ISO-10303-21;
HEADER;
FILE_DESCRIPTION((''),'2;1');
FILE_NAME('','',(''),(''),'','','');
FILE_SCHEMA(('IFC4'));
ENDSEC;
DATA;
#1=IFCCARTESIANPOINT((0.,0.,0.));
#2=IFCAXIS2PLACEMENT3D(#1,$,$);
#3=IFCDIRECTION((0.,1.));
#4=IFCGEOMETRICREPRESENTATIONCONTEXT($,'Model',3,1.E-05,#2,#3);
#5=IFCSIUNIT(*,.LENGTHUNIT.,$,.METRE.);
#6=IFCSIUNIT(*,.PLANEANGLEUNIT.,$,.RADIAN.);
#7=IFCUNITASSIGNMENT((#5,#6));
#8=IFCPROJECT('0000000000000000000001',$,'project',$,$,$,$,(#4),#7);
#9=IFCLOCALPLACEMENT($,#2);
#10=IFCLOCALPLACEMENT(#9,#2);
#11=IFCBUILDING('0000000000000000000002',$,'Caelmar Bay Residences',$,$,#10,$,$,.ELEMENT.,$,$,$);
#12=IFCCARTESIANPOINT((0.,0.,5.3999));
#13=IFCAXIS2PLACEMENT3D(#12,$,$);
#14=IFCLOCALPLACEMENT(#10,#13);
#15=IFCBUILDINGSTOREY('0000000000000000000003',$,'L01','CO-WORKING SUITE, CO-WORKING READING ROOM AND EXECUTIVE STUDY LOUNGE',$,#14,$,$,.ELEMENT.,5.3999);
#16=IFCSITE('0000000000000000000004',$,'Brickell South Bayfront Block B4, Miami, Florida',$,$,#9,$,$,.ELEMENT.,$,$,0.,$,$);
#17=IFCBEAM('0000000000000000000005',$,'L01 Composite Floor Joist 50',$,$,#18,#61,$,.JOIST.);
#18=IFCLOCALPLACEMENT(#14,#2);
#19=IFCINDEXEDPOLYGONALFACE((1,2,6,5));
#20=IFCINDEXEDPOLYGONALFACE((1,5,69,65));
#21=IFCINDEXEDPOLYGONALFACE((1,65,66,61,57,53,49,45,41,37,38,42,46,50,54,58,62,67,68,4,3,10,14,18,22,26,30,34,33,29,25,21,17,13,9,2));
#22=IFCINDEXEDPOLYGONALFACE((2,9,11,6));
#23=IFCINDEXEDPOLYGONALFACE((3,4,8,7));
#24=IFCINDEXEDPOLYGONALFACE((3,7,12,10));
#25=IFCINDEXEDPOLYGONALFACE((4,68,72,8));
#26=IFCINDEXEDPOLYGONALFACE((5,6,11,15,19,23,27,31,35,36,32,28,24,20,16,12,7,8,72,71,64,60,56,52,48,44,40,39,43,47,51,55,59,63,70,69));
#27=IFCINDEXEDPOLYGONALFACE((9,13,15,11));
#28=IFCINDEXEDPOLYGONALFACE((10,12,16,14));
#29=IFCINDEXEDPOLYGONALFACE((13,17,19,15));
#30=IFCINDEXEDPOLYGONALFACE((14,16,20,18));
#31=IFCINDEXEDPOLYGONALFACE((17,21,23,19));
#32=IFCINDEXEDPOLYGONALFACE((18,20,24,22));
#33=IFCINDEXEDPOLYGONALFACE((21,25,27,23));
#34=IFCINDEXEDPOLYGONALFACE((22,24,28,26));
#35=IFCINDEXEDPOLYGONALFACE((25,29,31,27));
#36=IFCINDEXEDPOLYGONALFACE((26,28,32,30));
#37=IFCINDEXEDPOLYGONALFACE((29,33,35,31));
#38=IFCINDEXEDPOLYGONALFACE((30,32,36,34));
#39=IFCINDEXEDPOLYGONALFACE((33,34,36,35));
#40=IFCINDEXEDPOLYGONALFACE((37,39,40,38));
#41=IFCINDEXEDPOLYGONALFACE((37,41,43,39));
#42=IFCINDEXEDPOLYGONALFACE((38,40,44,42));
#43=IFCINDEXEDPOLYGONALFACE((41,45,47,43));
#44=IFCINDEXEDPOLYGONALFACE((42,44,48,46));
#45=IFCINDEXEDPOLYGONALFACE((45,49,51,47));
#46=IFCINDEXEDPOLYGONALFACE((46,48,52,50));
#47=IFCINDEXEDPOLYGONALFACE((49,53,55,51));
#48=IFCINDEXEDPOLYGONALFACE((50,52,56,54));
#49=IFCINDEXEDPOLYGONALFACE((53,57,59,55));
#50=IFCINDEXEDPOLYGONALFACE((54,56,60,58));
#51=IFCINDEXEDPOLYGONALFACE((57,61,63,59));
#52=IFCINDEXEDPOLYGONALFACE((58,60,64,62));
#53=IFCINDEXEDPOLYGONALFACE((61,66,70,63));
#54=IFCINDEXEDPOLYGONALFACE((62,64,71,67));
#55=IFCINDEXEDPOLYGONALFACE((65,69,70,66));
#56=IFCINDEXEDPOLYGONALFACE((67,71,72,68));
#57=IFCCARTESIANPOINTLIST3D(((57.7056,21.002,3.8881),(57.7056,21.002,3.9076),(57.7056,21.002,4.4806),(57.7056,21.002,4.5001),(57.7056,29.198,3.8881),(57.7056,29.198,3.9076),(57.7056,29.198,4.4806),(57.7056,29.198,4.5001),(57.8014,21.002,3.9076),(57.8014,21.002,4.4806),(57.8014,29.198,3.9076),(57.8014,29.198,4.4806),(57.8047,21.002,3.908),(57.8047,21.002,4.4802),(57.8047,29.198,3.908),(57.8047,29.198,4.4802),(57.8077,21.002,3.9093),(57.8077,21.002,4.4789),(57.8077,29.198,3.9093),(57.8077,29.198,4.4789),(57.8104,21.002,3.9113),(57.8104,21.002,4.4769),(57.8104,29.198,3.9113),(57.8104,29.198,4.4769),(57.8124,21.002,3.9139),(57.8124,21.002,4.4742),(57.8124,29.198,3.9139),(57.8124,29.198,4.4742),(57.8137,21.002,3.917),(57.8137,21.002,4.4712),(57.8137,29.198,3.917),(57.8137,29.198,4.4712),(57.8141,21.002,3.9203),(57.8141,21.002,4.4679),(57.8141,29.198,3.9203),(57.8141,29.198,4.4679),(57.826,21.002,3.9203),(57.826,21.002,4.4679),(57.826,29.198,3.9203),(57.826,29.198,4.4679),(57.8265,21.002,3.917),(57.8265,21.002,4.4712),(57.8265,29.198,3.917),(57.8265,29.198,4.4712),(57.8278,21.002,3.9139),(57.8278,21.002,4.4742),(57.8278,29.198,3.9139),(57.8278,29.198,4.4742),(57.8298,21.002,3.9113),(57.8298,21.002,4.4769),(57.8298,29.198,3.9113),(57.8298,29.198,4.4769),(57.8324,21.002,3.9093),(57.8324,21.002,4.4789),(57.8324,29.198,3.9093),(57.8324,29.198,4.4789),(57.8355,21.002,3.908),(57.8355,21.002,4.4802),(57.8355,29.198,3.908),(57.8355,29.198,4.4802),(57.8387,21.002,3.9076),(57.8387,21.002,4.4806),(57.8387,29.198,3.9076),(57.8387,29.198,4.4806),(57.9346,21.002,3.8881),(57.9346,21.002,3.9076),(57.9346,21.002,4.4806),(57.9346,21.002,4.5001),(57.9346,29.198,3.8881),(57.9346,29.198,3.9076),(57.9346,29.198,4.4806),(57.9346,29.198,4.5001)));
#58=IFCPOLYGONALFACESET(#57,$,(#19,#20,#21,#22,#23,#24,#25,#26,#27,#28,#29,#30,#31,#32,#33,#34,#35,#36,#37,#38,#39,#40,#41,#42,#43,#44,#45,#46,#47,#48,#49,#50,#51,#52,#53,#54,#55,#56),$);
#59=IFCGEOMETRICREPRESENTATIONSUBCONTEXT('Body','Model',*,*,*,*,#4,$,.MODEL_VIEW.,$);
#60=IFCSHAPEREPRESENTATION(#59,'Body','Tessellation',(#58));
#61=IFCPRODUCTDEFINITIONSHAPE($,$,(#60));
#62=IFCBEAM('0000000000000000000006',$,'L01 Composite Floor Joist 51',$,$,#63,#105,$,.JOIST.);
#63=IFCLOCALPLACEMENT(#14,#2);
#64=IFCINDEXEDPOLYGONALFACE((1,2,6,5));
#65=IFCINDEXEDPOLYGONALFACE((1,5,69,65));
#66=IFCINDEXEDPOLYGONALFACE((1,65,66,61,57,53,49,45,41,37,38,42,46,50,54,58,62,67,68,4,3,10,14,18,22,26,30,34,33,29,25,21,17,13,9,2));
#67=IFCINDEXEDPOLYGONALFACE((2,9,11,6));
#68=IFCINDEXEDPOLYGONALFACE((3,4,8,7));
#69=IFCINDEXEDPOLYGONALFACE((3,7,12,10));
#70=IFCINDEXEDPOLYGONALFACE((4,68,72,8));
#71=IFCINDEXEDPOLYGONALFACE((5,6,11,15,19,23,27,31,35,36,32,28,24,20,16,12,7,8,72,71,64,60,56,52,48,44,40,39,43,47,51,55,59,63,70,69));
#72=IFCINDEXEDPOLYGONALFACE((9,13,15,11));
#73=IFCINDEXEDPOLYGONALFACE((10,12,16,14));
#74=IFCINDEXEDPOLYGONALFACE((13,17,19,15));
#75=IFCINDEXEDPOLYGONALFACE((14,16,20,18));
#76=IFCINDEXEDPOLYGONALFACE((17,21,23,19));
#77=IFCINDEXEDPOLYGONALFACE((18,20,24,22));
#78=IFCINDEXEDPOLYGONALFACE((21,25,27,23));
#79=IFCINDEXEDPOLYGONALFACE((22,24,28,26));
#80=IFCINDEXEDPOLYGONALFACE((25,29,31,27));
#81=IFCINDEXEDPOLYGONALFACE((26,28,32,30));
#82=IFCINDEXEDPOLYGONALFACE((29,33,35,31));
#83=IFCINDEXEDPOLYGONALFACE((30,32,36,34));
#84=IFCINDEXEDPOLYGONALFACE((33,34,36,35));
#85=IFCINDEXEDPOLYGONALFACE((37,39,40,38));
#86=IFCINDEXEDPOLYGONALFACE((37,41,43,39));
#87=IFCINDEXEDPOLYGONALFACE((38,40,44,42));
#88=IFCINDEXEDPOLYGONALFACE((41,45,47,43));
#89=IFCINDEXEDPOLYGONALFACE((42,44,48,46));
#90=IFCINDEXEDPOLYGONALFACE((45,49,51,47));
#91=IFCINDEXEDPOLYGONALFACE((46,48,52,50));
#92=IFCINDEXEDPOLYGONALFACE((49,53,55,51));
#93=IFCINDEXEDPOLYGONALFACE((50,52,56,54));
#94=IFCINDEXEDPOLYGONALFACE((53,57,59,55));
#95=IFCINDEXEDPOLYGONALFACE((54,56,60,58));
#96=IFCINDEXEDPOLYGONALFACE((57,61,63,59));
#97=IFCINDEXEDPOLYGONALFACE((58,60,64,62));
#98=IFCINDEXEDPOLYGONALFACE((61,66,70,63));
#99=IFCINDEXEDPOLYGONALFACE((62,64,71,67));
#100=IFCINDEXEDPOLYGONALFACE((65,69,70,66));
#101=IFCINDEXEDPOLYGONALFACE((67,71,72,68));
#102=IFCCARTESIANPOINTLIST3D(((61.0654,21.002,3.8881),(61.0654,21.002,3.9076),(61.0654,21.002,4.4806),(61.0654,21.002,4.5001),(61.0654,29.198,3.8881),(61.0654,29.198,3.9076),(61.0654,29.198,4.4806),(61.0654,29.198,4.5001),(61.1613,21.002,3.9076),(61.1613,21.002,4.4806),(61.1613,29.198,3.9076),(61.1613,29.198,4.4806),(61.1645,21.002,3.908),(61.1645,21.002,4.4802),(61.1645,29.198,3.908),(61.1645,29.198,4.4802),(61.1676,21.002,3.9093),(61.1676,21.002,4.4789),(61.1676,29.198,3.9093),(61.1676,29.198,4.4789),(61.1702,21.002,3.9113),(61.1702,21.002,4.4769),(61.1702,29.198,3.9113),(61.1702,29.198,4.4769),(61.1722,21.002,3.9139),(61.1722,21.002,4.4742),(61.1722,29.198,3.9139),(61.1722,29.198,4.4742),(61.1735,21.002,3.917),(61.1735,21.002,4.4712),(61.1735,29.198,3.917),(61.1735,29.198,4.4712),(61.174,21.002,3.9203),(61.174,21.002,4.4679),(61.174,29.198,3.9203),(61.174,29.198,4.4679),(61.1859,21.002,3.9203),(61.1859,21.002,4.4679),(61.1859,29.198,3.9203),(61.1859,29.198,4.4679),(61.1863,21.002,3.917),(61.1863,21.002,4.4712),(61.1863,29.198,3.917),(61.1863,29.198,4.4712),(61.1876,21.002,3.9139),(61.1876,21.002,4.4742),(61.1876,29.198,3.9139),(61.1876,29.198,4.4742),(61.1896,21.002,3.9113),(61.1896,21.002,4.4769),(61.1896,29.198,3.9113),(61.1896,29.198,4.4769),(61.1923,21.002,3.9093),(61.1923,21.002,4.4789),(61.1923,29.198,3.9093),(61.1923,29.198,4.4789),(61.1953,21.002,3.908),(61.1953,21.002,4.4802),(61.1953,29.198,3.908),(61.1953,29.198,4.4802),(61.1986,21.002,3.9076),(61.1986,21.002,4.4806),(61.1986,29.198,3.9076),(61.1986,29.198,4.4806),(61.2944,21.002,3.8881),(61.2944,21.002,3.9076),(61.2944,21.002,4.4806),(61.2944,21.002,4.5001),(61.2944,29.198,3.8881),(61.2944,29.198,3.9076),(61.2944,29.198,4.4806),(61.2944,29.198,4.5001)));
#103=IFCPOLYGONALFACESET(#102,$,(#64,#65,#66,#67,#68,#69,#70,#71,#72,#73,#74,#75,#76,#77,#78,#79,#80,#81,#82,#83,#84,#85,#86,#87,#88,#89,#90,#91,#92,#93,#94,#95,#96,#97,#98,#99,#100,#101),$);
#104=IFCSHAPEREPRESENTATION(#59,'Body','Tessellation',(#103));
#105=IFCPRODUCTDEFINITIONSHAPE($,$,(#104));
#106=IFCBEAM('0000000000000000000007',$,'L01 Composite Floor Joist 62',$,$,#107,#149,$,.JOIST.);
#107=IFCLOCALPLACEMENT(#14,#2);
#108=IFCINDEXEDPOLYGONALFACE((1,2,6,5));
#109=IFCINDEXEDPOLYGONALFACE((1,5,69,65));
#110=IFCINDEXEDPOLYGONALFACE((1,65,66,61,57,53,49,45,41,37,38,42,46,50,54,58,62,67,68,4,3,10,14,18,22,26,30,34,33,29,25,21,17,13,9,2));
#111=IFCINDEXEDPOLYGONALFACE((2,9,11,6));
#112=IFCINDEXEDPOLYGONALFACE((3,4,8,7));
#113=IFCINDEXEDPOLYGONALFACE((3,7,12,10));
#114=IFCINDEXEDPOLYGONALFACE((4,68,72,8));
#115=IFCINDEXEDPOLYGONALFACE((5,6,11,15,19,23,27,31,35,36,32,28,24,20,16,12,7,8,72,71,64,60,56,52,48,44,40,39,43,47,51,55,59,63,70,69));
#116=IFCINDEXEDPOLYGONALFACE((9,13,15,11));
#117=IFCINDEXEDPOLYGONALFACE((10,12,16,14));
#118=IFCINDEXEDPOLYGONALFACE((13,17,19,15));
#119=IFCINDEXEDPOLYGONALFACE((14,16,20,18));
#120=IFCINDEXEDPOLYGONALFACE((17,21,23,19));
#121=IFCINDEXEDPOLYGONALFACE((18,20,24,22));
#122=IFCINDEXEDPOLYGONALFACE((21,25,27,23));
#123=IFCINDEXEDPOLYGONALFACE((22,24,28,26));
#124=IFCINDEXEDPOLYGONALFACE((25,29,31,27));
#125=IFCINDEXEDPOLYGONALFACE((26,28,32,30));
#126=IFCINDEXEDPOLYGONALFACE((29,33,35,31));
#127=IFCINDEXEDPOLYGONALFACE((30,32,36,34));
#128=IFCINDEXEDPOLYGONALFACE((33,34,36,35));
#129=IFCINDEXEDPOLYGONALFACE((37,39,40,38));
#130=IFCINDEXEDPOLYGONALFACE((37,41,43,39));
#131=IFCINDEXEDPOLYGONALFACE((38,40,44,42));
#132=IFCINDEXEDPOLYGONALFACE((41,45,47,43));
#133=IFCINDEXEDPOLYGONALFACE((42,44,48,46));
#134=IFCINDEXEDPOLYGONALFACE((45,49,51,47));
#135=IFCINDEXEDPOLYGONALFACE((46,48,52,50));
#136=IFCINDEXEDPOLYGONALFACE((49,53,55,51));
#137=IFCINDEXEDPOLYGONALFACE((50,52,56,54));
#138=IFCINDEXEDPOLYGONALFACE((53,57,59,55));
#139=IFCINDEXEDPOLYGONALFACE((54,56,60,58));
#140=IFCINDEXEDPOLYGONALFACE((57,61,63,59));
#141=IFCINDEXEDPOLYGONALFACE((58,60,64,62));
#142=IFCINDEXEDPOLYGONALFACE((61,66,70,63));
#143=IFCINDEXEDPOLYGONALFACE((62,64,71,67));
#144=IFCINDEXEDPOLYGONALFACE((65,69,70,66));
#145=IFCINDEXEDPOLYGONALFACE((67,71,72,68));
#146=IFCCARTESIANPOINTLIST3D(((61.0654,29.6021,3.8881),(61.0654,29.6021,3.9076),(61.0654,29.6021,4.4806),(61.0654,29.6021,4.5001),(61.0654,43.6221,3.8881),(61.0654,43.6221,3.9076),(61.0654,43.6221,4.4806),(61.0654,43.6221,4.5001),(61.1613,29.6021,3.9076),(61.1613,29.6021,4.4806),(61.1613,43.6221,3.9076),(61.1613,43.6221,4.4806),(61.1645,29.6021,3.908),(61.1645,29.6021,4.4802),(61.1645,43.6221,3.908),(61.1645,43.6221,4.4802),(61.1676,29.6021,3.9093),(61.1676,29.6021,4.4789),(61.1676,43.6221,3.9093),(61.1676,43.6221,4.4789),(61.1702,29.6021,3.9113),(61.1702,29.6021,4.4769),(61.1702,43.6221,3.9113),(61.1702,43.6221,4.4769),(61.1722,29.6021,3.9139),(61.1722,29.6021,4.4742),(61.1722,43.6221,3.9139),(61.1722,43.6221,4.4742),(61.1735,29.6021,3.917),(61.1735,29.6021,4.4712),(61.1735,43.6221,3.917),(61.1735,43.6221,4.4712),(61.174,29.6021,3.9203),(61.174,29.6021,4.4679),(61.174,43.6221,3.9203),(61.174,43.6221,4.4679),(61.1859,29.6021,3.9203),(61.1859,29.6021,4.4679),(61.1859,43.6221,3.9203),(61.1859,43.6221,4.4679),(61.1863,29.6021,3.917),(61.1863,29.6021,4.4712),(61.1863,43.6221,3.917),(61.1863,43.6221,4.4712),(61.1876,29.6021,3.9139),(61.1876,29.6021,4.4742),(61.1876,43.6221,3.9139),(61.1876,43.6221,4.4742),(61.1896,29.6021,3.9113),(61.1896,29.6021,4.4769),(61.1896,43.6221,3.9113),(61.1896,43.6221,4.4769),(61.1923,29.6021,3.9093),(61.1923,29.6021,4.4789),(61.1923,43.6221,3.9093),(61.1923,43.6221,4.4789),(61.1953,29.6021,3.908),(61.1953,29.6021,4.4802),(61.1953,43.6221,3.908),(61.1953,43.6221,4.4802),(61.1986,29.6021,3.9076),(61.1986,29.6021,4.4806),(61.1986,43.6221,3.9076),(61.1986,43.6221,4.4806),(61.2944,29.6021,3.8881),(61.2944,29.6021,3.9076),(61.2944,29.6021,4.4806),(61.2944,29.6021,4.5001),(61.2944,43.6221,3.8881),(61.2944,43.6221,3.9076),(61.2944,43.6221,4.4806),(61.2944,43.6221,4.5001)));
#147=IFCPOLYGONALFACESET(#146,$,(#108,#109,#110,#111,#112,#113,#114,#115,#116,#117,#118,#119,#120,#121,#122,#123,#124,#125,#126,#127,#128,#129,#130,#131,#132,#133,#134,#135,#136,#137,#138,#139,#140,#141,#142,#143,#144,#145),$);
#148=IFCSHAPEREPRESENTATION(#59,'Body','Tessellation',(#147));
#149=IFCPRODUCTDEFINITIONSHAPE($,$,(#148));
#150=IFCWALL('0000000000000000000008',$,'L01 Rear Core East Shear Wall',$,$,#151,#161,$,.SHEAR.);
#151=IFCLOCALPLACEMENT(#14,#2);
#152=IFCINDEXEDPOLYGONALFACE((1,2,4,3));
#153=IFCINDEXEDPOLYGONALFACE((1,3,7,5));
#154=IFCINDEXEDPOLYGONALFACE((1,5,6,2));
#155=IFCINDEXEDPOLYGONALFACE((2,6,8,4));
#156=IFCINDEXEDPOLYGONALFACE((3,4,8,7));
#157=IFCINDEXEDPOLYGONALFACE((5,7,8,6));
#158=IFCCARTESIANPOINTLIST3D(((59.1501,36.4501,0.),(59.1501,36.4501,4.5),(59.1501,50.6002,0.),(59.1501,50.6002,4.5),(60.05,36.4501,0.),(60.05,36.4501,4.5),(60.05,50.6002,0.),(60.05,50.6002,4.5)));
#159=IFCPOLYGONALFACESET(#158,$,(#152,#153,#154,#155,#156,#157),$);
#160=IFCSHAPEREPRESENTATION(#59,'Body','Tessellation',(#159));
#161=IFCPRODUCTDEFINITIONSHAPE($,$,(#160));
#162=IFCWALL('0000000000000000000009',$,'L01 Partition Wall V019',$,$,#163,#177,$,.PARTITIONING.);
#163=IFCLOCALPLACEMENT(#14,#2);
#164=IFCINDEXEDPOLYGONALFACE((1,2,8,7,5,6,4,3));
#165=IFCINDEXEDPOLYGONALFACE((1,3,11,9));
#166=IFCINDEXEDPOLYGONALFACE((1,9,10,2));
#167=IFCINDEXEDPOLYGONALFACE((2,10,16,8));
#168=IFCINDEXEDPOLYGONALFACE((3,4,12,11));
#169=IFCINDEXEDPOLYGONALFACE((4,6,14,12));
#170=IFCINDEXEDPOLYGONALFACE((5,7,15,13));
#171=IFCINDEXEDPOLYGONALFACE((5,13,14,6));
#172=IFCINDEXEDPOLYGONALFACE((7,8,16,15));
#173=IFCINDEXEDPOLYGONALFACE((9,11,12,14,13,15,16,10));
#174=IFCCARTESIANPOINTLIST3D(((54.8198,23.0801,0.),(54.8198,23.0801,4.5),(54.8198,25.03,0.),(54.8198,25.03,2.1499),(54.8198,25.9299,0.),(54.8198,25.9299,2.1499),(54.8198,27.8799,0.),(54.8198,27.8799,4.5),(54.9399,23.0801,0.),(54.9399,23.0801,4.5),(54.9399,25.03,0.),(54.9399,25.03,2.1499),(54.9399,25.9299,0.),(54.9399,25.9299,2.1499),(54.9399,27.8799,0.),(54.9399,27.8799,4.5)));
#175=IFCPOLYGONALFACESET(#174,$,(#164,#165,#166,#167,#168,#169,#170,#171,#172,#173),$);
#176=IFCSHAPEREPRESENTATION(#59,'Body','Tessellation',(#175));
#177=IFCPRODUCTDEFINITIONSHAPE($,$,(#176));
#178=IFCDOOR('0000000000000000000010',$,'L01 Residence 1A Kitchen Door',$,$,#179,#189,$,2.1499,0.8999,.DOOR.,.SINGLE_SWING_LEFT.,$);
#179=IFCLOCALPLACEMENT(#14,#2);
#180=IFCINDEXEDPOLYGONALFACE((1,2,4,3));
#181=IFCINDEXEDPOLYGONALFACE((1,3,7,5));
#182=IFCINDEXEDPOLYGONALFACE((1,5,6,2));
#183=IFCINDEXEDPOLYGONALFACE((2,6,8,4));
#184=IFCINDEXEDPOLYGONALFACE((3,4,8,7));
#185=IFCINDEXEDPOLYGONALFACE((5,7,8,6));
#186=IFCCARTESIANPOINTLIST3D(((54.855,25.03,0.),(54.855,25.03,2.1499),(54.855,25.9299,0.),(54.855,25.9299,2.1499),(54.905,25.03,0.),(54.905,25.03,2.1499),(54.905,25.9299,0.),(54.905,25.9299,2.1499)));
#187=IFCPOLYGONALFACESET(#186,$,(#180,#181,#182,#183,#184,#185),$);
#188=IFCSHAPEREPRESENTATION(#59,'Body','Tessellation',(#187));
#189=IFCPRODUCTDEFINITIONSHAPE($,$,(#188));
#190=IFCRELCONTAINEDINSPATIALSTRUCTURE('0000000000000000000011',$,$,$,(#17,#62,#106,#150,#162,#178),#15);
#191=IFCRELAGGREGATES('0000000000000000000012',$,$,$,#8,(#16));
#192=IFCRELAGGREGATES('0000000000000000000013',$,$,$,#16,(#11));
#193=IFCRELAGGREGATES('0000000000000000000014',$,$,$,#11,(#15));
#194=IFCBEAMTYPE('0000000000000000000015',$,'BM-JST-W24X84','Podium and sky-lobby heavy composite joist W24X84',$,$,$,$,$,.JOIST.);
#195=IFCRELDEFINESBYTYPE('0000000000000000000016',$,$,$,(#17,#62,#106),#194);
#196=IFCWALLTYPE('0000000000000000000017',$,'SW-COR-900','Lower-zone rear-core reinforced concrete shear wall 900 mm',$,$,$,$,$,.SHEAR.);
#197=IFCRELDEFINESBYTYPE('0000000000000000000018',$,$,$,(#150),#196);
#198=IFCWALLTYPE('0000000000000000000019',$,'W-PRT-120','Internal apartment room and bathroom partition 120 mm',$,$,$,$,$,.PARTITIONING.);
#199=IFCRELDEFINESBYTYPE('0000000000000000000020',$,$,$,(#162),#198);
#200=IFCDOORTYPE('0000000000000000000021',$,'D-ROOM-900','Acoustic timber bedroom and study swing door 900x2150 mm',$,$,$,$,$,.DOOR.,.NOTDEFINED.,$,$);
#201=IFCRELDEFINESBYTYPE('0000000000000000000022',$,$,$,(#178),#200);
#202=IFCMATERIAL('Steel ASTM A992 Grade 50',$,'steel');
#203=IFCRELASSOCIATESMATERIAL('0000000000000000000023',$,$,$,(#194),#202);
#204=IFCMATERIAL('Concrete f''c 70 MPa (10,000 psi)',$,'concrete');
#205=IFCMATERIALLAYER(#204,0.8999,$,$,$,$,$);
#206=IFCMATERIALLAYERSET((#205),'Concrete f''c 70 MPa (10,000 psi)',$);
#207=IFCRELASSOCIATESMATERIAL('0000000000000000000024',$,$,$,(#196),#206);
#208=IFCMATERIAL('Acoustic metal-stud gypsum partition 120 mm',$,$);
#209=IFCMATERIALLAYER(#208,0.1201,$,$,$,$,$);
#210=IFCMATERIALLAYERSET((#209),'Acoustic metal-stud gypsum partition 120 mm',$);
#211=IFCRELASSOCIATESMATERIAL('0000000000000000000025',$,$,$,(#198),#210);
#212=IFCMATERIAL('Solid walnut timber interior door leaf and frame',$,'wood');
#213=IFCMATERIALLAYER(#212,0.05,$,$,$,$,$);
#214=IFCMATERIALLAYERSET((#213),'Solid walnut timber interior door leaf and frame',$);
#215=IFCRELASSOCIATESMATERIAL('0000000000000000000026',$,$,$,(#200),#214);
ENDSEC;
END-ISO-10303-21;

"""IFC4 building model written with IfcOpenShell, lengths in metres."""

from ifc_helpers import new_model, si_unit, direction, frame, frame_2d, origin, origin_2d, place, context, subcontext, project, spatial, rectangle, i_section, extrude, material, layer, layer_set, material_profile, profile_set, type_object, element, fill, save


model = new_model("IFC4")

# Units and contexts
model_context = context("Model", 3, precision=1e-05, world=origin(), true_north=direction((0.0, 1.0)))
body_context = subcontext(model_context, "Body", "Model", "MODEL_VIEW")
ifc_project = project(units=[si_unit("LENGTHUNIT", "METRE"), si_unit("PLANEANGLEUNIT", "RADIAN")], contexts=[model_context])

# Site, building, storey
site_placement = place(None, origin())
site = spatial("IfcSite", under=ifc_project, at=site_placement, Name="Brickell South Bayfront Block B4, Miami, Florida", CompositionType="ELEMENT", RefElevation=0.0)
building_placement = place(site_placement, origin())
building = spatial("IfcBuilding", under=site, at=building_placement, Name="Caelmar Bay Residences", CompositionType="ELEMENT")
storey_placement = place(building_placement, frame((0.0, 0.0, 5.3999)))
storey = spatial("IfcBuildingStorey", under=building, at=storey_placement, Name="L01", Description="CO-WORKING SUITE, CO-WORKING READING ROOM AND EXECUTIVE STUDY LOUNGE", CompositionType="ELEMENT", Elevation=5.3999)

# Shared definitions
ifc_material_1 = material(Name="Concrete f'c 70 MPa (10,000 psi)", Category="concrete")

# Beams
ifc_material_2 = material(Name="Steel ASTM A992 Grade 50", Category="steel")
ifc_material_profile_1 = material_profile(ifc_material_2, i_section(OverallWidth=0.229, OverallDepth=0.6121, WebThickness=0.012, FlangeThickness=0.0195, FilletRadius=0.0127, at=origin_2d()), Name="W24X84")
ifc_profile_set_1 = profile_set([ifc_material_profile_1], Name="Steel ASTM A992 Grade 50")
beam_type_1 = type_object("IfcBeamType", Name="BM-JST-W24X84", Description="Podium and sky-lobby heavy composite joist W24X84", PredefinedType="JOIST", material=ifc_profile_set_1)
for number, where, z_axis, x_axis, name in (
    (1, (57.8201, 21.002, 4.1941), (0.0, 1.0, 0.0), (-1.0, 0.0, 0.0), "L01 Composite Floor Joist 50"),
    (2, (61.1799, 21.002, 4.1941), (0.0, 1.0, 0.0), (-1.0, 0.0, 0.0), "L01 Composite Floor Joist 51"),
):
    element("IfcBeam", number, at=place(storey_placement, frame(where, z_axis=z_axis, x_axis=x_axis)), inside=storey, type_object=beam_type_1, Name=name, PredefinedType="JOIST", context=body_context, shape_type="SweptSolid", body=[
        extrude(i_section(OverallWidth=0.229, OverallDepth=0.6121, WebThickness=0.012, FlangeThickness=0.0195, FilletRadius=0.0127, at=origin_2d()), origin(), (0.0, 0.0, 1.0), 8.196),
    ])
beam_1_placement = place(storey_placement, frame((61.1799, 29.6021, 4.1941), z_axis=(0.0, 1.0, 0.0), x_axis=(-1.0, 0.0, 0.0)))
element("IfcBeam", 3, at=beam_1_placement, inside=storey, type_object=beam_type_1, Name="L01 Composite Floor Joist 62", PredefinedType="JOIST", context=body_context, shape_type="SweptSolid", body=[
    extrude(i_section(OverallWidth=0.229, OverallDepth=0.6121, WebThickness=0.012, FlangeThickness=0.0195, FilletRadius=0.0127, at=origin_2d()), origin(), (0.0, 0.0, 1.0), 14.02),
])

# Wall
ifc_layer_1 = layer(ifc_material_1, 0.8999)
ifc_layer_set_1 = layer_set([ifc_layer_1], Name="Concrete f'c 70 MPa (10,000 psi)")
wall_type_1 = type_object("IfcWallType", Name="SW-COR-900", Description="Lower-zone rear-core reinforced concrete shear wall 900 mm", PredefinedType="SHEAR", material=ifc_layer_set_1)
wall_1_placement = place(storey_placement, frame((59.6001, 36.45, 0.0), z_axis=(0.0, 0.0, 1.0), x_axis=(0.0, 1.0, 0.0)))
element("IfcWall", 4, at=wall_1_placement, inside=storey, type_object=wall_type_1, Name="L01 Rear Core East Shear Wall", PredefinedType="SHEAR", context=body_context, shape_type="SweptSolid", body=[
    extrude(rectangle(XDim=14.1501, YDim=0.8999, at=frame_2d((7.0752, 0.0))), origin(), (0.0, 0.0, 1.0), 4.5),
])

# Wall, opening, door
ifc_material_3 = material(Name="Acoustic metal-stud gypsum partition 120 mm")
ifc_layer_2 = layer(ifc_material_3, 0.1201)
ifc_layer_set_2 = layer_set([ifc_layer_2], Name="Acoustic metal-stud gypsum partition 120 mm")
wall_type_2 = type_object("IfcWallType", Name="W-PRT-120", Description="Internal apartment room and bathroom partition 120 mm", PredefinedType="PARTITIONING", material=ifc_layer_set_2)
wall_2_placement = place(storey_placement, frame((54.8799, 23.0801, 0.0), z_axis=(0.0, 0.0, 1.0), x_axis=(0.0, 1.0, 0.0)))
wall_2 = element("IfcWall", 5, at=wall_2_placement, inside=storey, type_object=wall_type_2, Name="L01 Partition Wall V019", PredefinedType="PARTITIONING", context=body_context, shape_type="SweptSolid", body=[
    extrude(rectangle(XDim=4.7998, YDim=0.1201, at=frame_2d((2.3999, 0.0))), origin(), (0.0, 0.0, 1.0), 4.5),
])
opening_1_placement = place(wall_2_placement, frame((1.95, 0.0, 0.0)))
opening_1 = element("IfcOpeningElement", 6, at=opening_1_placement, cuts=wall_2, PredefinedType="OPENING", context=body_context, shape_type="SweptSolid", body=[
    extrude(rectangle(XDim=0.8999, YDim=2.1499, at=frame_2d((0.45, 1.075))), frame((0.0, 0.0701, 0.0), z_axis=(0.0, -1.0, 0.0), x_axis=(1.0, 0.0, 0.0)), (0.0, 0.0, 1.0), 0.1401),
])
ifc_material_4 = material(Name="Solid walnut timber interior door leaf and frame", Category="wood")
ifc_layer_3 = layer(ifc_material_4, 0.05)
ifc_layer_set_3 = layer_set([ifc_layer_3], Name="Solid walnut timber interior door leaf and frame")
door_type_1 = type_object("IfcDoorType", Name="D-ROOM-900", Description="Acoustic timber bedroom and study swing door 900x2150 mm", OperationType="NOTDEFINED", PredefinedType="DOOR", material=ifc_layer_set_3)
door_1_placement = place(opening_1_placement, origin())
door_1 = element("IfcDoor", 7, at=door_1_placement, inside=storey, type_object=door_type_1, Name="L01 Residence 1A Kitchen Door", OperationType="SINGLE_SWING_LEFT", OverallHeight=2.1499, OverallWidth=0.8999, PredefinedType="DOOR", context=body_context, shape_type="SweptSolid", body=[
    extrude(rectangle(XDim=0.8999, YDim=2.1499, at=frame_2d((0.45, 1.075))), frame((0.0, 0.0249, 0.0), z_axis=(0.0, -1.0, 0.0), x_axis=(1.0, 0.0, 0.0)), (0.0, 0.0, 1.0), 0.05),
])
fill(opening_1, door_1)

save(model, "model.ifc")
